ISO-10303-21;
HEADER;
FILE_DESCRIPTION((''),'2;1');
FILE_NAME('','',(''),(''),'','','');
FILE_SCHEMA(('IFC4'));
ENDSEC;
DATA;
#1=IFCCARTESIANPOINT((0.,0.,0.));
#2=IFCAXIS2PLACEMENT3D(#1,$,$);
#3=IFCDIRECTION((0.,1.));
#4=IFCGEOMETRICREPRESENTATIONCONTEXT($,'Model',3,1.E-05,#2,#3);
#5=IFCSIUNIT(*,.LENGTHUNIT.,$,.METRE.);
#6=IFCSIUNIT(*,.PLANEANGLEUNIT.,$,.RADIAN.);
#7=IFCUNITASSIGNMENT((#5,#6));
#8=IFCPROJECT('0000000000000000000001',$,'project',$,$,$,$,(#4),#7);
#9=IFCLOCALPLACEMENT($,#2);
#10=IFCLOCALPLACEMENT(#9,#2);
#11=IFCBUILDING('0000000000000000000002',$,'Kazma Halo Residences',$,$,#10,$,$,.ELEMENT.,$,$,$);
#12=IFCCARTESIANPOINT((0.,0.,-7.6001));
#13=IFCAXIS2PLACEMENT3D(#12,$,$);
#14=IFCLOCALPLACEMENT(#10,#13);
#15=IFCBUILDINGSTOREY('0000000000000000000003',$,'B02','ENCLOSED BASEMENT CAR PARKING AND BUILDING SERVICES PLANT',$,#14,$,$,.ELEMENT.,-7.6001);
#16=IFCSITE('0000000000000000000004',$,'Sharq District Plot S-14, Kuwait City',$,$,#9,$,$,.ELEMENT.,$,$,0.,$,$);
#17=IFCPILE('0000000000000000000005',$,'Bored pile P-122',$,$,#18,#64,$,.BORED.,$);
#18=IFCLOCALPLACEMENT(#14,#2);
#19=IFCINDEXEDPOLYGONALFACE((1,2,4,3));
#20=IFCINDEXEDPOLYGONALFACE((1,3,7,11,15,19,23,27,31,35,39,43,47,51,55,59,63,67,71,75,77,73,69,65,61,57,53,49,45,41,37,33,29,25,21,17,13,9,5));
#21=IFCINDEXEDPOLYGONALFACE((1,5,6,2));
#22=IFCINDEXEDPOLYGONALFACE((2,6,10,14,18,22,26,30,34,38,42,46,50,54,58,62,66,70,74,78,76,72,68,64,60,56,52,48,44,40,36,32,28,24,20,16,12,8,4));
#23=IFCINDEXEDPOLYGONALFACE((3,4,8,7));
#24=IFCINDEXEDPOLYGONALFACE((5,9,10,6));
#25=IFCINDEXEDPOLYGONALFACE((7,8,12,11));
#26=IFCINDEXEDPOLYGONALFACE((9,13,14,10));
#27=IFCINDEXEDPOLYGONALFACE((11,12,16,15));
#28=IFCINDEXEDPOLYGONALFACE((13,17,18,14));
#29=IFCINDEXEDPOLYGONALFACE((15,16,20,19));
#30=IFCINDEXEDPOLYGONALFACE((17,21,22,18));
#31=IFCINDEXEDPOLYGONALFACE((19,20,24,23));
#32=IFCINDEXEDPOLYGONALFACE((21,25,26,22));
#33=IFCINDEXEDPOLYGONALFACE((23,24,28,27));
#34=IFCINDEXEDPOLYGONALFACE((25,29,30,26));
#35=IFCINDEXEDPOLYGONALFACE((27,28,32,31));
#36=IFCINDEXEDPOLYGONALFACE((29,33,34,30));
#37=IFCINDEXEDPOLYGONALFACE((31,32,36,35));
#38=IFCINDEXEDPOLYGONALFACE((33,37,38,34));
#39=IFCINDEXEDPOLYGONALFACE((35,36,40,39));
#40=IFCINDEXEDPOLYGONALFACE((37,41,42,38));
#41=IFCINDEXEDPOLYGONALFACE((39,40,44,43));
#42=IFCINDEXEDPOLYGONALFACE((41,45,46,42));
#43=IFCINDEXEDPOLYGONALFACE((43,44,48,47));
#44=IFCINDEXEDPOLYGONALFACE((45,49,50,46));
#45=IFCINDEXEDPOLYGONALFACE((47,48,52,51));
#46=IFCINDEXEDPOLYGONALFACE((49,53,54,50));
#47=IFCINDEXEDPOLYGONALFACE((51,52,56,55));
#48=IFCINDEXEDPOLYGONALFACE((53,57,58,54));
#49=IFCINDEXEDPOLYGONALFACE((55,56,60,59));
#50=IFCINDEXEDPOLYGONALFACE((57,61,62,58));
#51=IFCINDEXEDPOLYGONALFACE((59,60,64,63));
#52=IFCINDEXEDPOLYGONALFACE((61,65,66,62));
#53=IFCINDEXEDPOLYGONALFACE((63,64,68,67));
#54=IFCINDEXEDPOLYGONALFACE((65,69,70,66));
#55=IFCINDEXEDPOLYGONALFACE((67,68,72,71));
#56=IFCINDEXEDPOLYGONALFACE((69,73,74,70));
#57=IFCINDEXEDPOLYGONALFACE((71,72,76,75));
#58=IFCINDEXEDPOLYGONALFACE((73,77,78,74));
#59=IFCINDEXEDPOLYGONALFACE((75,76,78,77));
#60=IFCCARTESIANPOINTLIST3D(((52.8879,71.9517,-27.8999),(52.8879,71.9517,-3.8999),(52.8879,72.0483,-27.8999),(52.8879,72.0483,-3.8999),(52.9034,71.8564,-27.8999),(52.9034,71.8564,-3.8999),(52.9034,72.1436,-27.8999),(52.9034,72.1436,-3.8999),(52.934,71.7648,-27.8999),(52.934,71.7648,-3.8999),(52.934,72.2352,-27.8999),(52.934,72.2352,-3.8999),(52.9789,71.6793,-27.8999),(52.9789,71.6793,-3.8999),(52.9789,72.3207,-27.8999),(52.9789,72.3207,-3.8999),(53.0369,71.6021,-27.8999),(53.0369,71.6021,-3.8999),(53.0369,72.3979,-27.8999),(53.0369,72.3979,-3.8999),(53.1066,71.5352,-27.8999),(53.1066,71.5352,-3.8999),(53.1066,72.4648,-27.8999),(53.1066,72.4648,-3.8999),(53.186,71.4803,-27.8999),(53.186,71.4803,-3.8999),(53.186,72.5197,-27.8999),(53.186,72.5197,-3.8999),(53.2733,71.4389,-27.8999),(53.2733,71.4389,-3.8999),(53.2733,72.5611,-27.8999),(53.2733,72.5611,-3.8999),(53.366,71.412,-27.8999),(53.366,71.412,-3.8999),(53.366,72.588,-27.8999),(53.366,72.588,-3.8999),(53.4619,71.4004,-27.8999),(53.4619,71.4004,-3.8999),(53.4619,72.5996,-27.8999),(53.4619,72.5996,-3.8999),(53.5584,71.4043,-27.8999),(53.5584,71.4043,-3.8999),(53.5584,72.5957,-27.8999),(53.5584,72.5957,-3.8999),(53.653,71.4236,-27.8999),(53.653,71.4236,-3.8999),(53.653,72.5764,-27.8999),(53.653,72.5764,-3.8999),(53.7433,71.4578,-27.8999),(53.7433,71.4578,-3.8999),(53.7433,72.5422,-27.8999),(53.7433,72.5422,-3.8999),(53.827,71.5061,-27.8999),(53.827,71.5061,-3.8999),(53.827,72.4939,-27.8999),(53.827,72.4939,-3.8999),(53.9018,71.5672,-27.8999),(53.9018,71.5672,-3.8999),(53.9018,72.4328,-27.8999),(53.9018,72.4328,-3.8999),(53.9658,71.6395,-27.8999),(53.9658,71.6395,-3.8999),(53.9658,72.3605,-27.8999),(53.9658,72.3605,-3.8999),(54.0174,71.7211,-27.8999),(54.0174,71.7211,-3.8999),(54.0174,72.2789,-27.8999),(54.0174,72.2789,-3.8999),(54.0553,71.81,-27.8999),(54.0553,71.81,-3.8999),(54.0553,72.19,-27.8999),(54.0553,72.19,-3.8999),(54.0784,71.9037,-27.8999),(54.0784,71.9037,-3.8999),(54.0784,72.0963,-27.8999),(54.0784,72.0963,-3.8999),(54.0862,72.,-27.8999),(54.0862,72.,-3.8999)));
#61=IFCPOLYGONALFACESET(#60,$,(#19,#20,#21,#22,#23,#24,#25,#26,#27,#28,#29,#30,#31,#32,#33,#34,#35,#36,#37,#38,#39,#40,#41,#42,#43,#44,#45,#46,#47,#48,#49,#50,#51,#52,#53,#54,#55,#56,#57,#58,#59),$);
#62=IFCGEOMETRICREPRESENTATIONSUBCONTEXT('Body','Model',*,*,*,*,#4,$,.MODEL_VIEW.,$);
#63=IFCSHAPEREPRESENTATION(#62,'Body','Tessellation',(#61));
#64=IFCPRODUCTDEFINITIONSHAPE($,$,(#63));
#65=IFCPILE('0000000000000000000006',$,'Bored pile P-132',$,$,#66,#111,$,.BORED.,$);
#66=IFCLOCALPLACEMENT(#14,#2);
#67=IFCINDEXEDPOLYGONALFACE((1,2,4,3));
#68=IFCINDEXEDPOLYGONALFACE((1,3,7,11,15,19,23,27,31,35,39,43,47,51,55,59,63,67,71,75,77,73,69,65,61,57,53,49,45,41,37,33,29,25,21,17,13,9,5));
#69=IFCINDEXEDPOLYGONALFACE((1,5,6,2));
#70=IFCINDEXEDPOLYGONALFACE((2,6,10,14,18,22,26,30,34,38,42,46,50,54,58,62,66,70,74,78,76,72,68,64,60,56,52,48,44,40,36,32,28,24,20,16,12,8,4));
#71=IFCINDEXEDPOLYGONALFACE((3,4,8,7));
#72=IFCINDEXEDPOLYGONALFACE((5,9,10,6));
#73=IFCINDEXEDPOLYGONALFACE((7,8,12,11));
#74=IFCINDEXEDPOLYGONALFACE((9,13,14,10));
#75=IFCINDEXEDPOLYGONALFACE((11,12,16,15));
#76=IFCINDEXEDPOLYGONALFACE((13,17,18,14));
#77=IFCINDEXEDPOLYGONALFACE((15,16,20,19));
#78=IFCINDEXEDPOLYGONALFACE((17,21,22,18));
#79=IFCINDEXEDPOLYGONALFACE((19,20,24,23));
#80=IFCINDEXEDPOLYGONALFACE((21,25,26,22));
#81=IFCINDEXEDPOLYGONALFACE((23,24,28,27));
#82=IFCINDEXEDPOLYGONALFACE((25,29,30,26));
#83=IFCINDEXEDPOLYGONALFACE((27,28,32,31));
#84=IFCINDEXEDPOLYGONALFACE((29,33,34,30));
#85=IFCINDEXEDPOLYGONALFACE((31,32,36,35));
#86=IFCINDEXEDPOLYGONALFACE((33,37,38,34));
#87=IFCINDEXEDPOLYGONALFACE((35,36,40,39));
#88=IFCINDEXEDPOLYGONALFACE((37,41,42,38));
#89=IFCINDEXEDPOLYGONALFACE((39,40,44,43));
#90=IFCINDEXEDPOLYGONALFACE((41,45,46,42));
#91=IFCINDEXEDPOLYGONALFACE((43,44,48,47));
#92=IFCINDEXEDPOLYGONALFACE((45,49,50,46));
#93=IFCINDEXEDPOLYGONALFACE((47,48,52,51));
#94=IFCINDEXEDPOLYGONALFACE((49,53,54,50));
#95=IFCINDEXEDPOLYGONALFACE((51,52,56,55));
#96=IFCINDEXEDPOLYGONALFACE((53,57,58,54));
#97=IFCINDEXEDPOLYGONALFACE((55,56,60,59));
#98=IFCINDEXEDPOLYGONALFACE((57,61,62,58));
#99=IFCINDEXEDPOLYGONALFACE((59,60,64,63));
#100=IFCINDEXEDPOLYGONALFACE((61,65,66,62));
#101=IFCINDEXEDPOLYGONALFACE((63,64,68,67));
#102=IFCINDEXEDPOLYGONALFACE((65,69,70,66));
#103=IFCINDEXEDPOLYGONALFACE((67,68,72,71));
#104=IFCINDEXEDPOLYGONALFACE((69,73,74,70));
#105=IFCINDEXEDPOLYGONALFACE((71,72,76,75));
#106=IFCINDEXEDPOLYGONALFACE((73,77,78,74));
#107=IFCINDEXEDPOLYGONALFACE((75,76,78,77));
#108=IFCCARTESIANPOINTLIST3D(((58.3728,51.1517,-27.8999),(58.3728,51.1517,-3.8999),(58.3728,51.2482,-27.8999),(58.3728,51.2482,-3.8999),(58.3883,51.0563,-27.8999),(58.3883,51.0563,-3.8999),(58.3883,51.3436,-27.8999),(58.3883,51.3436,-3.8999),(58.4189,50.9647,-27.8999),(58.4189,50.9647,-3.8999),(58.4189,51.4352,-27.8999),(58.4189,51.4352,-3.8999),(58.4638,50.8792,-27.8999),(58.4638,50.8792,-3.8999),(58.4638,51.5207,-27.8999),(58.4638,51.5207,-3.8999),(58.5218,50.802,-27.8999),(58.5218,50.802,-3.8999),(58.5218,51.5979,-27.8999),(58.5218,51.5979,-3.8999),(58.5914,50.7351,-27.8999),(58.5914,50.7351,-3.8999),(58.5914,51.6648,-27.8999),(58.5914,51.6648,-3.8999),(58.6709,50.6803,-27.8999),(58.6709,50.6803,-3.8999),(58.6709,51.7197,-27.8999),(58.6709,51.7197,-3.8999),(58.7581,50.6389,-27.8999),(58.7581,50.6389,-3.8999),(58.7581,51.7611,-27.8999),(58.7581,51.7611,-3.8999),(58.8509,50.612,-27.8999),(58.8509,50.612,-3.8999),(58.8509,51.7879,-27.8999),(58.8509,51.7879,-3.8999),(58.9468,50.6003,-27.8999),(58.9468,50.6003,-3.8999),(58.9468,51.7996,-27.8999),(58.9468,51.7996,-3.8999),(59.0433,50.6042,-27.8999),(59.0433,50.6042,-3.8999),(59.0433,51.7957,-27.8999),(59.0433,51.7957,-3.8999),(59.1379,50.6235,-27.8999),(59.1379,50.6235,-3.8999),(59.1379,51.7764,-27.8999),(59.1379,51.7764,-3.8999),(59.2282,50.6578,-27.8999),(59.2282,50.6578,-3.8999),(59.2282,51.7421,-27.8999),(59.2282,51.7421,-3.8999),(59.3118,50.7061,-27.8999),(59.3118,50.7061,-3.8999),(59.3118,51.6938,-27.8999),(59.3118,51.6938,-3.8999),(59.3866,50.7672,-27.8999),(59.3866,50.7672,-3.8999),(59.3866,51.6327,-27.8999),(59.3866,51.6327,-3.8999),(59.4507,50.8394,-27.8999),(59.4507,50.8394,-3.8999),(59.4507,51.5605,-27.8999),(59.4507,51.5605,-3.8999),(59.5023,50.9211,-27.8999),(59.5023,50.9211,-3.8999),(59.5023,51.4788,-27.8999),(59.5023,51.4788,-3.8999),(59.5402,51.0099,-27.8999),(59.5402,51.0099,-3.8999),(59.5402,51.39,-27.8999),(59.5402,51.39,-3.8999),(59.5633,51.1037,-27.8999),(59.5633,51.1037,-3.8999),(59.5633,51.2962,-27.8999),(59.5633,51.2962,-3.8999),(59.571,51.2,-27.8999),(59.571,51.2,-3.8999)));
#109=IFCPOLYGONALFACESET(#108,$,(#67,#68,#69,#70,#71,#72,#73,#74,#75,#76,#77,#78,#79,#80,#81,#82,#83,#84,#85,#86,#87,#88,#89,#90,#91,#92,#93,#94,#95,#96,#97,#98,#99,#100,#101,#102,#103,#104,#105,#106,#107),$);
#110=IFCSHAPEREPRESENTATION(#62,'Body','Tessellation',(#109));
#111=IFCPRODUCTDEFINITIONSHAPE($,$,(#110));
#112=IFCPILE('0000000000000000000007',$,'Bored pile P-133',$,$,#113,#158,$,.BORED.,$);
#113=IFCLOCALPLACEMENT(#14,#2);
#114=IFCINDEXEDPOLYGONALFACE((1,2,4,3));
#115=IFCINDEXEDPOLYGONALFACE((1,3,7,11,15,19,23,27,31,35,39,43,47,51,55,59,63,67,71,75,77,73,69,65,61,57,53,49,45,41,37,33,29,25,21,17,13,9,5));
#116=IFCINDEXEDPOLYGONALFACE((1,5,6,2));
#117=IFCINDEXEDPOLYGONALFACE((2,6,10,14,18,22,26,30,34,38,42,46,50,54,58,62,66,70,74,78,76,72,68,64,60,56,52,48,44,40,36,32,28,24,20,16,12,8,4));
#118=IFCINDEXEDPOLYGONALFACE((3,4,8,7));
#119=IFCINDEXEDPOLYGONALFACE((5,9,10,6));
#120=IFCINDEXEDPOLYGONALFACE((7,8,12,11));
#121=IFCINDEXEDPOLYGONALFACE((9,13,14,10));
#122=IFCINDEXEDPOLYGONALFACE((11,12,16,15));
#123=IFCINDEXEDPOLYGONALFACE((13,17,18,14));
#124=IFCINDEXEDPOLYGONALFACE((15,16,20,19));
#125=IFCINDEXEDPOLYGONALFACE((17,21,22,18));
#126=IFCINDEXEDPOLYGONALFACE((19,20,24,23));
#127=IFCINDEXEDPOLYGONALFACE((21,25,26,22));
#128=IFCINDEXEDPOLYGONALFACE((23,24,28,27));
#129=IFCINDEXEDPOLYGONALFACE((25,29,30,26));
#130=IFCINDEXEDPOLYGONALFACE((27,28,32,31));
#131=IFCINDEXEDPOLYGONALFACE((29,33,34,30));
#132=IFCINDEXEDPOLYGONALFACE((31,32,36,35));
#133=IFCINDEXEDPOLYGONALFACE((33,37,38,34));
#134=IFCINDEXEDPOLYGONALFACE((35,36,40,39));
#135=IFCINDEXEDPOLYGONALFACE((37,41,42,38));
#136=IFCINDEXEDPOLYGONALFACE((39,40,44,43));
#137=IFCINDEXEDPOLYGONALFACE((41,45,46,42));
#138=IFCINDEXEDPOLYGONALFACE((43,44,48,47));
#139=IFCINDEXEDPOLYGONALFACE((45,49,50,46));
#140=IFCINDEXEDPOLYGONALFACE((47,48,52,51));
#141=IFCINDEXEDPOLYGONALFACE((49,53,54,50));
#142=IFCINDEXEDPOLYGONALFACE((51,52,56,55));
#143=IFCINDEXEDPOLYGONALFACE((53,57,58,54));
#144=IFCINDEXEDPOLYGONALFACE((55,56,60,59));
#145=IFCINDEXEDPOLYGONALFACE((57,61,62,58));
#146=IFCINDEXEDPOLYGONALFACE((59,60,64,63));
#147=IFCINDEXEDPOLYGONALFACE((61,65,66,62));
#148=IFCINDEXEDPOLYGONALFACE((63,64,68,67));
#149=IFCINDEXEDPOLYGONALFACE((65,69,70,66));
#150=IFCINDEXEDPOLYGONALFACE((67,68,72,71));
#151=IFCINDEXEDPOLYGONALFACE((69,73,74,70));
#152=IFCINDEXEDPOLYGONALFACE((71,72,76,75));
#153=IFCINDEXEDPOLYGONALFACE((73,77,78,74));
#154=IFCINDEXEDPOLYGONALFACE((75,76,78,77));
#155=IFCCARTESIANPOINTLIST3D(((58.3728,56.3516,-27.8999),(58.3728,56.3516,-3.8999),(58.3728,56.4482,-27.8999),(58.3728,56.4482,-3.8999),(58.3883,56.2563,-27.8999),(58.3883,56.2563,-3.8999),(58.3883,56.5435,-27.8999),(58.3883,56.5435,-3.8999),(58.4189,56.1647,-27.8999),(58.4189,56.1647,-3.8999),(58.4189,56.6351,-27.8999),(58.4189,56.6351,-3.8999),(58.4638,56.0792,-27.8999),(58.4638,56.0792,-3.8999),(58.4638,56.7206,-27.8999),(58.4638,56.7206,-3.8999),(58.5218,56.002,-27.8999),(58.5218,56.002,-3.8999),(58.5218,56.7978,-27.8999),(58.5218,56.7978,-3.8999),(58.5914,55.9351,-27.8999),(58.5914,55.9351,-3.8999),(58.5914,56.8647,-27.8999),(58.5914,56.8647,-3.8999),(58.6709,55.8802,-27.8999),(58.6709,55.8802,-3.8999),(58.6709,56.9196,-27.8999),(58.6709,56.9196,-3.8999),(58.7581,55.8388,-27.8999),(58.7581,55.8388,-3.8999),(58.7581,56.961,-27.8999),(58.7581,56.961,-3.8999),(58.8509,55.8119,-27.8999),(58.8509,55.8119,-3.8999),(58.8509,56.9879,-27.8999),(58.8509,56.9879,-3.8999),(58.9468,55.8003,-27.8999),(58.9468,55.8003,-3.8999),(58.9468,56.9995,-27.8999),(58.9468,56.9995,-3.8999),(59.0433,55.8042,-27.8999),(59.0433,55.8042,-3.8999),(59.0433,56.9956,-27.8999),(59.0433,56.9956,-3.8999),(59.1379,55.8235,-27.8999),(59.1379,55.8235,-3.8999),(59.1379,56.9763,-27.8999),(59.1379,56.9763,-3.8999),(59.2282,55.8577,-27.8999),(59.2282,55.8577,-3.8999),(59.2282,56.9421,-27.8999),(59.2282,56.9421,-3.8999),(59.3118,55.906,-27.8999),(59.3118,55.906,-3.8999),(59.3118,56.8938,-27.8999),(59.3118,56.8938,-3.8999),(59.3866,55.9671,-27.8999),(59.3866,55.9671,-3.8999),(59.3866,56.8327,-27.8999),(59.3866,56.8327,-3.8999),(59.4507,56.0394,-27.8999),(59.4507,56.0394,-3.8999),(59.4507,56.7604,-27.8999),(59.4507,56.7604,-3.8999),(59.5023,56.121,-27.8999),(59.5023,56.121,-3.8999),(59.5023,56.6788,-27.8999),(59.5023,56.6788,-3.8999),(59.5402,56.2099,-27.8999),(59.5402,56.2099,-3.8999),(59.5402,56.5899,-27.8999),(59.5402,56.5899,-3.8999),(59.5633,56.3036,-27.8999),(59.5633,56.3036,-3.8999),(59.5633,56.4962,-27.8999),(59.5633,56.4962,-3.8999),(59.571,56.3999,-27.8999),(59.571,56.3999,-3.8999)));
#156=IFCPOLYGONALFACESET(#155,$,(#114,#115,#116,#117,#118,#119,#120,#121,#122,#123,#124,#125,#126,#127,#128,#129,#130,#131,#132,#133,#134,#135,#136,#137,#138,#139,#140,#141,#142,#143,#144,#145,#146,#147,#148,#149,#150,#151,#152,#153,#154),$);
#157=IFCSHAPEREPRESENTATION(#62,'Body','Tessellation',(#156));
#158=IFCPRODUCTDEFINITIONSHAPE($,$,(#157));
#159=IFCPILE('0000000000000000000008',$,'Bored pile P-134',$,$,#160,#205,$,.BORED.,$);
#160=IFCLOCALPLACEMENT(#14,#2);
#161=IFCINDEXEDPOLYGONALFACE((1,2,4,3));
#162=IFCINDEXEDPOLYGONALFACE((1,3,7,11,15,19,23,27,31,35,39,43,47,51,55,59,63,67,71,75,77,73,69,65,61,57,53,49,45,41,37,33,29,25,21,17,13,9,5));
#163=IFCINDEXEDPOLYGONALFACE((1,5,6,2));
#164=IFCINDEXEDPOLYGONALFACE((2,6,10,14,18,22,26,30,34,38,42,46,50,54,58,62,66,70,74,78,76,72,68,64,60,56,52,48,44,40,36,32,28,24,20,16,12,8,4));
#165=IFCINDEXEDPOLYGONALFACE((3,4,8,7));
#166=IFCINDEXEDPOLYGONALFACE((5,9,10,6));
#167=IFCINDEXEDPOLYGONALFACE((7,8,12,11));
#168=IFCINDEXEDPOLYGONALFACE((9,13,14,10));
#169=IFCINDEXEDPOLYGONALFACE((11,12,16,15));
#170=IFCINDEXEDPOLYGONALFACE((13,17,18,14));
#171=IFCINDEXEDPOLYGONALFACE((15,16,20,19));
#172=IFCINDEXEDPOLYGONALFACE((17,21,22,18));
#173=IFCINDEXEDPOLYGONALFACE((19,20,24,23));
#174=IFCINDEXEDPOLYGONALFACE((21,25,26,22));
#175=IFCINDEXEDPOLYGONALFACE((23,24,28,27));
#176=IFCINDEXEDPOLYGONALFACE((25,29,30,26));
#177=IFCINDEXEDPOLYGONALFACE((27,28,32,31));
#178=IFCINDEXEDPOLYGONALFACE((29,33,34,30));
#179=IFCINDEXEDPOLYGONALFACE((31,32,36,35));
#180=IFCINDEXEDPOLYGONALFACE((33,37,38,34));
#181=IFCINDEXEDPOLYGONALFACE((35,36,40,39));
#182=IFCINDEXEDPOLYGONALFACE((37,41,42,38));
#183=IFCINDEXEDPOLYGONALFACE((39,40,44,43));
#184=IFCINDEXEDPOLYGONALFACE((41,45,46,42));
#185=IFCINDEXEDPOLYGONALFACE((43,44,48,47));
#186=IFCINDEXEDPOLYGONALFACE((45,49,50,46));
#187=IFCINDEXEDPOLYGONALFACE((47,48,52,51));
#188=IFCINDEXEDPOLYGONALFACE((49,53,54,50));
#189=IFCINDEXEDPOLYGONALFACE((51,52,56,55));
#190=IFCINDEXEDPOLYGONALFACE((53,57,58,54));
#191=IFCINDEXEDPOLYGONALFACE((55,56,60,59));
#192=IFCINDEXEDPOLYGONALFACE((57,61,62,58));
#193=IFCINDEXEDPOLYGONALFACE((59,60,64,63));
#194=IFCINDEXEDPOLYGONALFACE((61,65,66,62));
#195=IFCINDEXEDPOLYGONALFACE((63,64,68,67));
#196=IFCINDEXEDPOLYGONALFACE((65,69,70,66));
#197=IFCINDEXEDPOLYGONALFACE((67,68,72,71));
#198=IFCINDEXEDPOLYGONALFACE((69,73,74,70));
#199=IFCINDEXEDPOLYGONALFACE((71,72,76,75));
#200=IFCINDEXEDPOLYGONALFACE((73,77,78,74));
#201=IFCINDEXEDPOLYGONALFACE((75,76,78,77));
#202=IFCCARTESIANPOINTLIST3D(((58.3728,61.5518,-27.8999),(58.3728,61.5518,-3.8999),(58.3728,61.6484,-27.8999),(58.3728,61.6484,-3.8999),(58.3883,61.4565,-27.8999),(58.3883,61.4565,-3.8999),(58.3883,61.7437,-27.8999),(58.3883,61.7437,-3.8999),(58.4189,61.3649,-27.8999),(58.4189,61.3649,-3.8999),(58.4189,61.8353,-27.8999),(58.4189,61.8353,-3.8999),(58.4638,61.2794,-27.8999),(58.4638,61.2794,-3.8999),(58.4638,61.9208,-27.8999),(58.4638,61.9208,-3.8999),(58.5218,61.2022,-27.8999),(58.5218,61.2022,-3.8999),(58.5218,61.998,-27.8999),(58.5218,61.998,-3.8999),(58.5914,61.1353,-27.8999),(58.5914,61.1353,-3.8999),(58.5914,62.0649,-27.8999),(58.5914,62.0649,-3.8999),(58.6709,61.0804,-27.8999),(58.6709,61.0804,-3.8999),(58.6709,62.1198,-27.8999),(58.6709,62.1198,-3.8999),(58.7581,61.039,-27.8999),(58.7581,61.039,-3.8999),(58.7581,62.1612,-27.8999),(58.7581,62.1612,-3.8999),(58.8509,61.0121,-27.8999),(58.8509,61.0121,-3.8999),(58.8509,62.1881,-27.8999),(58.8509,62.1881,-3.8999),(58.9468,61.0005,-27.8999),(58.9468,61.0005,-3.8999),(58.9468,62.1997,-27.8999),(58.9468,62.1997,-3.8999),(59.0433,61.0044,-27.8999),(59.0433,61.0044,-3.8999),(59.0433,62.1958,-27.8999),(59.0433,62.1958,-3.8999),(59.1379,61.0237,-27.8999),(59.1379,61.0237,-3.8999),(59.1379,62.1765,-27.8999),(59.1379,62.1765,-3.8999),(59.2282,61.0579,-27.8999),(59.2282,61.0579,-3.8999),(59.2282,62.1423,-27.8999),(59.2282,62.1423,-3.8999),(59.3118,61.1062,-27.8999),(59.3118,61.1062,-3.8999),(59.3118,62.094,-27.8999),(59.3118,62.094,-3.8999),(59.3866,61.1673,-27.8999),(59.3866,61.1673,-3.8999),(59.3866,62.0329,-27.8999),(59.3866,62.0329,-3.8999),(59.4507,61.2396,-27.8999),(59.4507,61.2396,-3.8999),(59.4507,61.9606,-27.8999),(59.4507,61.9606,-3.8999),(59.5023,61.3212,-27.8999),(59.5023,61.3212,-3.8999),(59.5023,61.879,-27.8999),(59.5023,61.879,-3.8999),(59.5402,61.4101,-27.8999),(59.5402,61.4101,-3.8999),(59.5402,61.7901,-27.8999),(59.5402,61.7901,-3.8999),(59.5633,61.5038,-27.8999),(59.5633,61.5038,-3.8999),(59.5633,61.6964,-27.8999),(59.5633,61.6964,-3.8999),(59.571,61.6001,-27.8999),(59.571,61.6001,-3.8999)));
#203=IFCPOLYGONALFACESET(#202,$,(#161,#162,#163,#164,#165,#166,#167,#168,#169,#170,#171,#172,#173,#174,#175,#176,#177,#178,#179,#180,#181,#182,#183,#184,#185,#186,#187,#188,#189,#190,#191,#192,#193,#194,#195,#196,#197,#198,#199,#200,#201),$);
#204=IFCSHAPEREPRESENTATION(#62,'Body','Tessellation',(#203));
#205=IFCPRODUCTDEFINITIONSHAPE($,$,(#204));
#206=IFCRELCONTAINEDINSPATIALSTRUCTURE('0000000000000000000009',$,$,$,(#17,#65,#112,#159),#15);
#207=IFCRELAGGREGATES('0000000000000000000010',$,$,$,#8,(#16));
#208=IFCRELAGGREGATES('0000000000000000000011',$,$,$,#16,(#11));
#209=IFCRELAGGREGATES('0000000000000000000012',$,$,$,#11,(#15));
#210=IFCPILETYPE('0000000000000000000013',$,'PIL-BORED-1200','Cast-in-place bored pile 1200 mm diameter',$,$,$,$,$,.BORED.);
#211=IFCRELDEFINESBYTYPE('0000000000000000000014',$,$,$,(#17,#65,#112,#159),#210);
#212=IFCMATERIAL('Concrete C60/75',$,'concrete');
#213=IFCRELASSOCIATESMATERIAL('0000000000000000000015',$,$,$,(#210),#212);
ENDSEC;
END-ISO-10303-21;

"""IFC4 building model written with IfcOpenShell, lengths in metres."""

from ifc_helpers import new_model, si_unit, direction, frame, origin, origin_2d, place, context, subcontext, project, spatial, circle, extrude, material, material_profile, profile_set, type_object, element, save


model = new_model("IFC4")

# Units and contexts
model_context = context("Model", 3, precision=1e-05, world=origin(), true_north=direction((0.0, 1.0)))
body_context = subcontext(model_context, "Body", "Model", "MODEL_VIEW")
ifc_project = project(units=[si_unit("LENGTHUNIT", "METRE"), si_unit("PLANEANGLEUNIT", "RADIAN")], contexts=[model_context])

# Site, building, storey
site_placement = place(None, origin())
site = spatial("IfcSite", under=ifc_project, at=site_placement, Name="Sharq District Plot S-14, Kuwait City", CompositionType="ELEMENT", RefElevation=0.0)
building_placement = place(site_placement, origin())
building = spatial("IfcBuilding", under=site, at=building_placement, Name="Kazma Halo Residences", CompositionType="ELEMENT")
storey_placement = place(building_placement, frame((0.0, 0.0, -7.6001)))
storey = spatial("IfcBuildingStorey", under=building, at=storey_placement, Name="B02", Description="ENCLOSED BASEMENT CAR PARKING AND BUILDING SERVICES PLANT", CompositionType="ELEMENT", Elevation=-7.6001)

# Piles
ifc_material_1 = material(Name="Concrete C60/75", Category="concrete")
ifc_material_profile_1 = material_profile(ifc_material_1, circle(Radius=0.6001, at=origin_2d()), Name="CIRC1200")
ifc_profile_set_1 = profile_set([ifc_material_profile_1], Name="Concrete C60/75")
pile_type = type_object("IfcPileType", Name="PIL-BORED-1200", Description="Cast-in-place bored pile 1200 mm diameter", PredefinedType="BORED", material=ifc_profile_set_1)
for number, where, z_axis, x_axis, name in (
    (1, (53.4861, 72.0, -3.8999), (0.0, 0.0, -1.0), (1.0, 0.0, 0.0), "Bored pile P-122"),
    (2, (58.9709, 51.2, -3.8999), (0.0, 0.0, -1.0), (1.0, 0.0, 0.0), "Bored pile P-132"),
    (3, (58.9709, 56.3999, -3.8999), (0.0, 0.0, -1.0), (1.0, 0.0, 0.0), "Bored pile P-133"),
    (4, (58.9709, 61.6001, -3.8999), (0.0, 0.0, -1.0), (1.0, 0.0, 0.0), "Bored pile P-134"),
):
    element("IfcPile", number, at=place(storey_placement, frame(where, z_axis=z_axis, x_axis=x_axis)), inside=storey, type_object=pile_type, Name=name, PredefinedType="BORED", context=body_context, shape_type="SweptSolid", body=[
        extrude(circle(Radius=0.6001, at=origin_2d()), origin(), (0.0, 0.0, 1.0), 24.0),
    ])

save(model, "model.ifc")
